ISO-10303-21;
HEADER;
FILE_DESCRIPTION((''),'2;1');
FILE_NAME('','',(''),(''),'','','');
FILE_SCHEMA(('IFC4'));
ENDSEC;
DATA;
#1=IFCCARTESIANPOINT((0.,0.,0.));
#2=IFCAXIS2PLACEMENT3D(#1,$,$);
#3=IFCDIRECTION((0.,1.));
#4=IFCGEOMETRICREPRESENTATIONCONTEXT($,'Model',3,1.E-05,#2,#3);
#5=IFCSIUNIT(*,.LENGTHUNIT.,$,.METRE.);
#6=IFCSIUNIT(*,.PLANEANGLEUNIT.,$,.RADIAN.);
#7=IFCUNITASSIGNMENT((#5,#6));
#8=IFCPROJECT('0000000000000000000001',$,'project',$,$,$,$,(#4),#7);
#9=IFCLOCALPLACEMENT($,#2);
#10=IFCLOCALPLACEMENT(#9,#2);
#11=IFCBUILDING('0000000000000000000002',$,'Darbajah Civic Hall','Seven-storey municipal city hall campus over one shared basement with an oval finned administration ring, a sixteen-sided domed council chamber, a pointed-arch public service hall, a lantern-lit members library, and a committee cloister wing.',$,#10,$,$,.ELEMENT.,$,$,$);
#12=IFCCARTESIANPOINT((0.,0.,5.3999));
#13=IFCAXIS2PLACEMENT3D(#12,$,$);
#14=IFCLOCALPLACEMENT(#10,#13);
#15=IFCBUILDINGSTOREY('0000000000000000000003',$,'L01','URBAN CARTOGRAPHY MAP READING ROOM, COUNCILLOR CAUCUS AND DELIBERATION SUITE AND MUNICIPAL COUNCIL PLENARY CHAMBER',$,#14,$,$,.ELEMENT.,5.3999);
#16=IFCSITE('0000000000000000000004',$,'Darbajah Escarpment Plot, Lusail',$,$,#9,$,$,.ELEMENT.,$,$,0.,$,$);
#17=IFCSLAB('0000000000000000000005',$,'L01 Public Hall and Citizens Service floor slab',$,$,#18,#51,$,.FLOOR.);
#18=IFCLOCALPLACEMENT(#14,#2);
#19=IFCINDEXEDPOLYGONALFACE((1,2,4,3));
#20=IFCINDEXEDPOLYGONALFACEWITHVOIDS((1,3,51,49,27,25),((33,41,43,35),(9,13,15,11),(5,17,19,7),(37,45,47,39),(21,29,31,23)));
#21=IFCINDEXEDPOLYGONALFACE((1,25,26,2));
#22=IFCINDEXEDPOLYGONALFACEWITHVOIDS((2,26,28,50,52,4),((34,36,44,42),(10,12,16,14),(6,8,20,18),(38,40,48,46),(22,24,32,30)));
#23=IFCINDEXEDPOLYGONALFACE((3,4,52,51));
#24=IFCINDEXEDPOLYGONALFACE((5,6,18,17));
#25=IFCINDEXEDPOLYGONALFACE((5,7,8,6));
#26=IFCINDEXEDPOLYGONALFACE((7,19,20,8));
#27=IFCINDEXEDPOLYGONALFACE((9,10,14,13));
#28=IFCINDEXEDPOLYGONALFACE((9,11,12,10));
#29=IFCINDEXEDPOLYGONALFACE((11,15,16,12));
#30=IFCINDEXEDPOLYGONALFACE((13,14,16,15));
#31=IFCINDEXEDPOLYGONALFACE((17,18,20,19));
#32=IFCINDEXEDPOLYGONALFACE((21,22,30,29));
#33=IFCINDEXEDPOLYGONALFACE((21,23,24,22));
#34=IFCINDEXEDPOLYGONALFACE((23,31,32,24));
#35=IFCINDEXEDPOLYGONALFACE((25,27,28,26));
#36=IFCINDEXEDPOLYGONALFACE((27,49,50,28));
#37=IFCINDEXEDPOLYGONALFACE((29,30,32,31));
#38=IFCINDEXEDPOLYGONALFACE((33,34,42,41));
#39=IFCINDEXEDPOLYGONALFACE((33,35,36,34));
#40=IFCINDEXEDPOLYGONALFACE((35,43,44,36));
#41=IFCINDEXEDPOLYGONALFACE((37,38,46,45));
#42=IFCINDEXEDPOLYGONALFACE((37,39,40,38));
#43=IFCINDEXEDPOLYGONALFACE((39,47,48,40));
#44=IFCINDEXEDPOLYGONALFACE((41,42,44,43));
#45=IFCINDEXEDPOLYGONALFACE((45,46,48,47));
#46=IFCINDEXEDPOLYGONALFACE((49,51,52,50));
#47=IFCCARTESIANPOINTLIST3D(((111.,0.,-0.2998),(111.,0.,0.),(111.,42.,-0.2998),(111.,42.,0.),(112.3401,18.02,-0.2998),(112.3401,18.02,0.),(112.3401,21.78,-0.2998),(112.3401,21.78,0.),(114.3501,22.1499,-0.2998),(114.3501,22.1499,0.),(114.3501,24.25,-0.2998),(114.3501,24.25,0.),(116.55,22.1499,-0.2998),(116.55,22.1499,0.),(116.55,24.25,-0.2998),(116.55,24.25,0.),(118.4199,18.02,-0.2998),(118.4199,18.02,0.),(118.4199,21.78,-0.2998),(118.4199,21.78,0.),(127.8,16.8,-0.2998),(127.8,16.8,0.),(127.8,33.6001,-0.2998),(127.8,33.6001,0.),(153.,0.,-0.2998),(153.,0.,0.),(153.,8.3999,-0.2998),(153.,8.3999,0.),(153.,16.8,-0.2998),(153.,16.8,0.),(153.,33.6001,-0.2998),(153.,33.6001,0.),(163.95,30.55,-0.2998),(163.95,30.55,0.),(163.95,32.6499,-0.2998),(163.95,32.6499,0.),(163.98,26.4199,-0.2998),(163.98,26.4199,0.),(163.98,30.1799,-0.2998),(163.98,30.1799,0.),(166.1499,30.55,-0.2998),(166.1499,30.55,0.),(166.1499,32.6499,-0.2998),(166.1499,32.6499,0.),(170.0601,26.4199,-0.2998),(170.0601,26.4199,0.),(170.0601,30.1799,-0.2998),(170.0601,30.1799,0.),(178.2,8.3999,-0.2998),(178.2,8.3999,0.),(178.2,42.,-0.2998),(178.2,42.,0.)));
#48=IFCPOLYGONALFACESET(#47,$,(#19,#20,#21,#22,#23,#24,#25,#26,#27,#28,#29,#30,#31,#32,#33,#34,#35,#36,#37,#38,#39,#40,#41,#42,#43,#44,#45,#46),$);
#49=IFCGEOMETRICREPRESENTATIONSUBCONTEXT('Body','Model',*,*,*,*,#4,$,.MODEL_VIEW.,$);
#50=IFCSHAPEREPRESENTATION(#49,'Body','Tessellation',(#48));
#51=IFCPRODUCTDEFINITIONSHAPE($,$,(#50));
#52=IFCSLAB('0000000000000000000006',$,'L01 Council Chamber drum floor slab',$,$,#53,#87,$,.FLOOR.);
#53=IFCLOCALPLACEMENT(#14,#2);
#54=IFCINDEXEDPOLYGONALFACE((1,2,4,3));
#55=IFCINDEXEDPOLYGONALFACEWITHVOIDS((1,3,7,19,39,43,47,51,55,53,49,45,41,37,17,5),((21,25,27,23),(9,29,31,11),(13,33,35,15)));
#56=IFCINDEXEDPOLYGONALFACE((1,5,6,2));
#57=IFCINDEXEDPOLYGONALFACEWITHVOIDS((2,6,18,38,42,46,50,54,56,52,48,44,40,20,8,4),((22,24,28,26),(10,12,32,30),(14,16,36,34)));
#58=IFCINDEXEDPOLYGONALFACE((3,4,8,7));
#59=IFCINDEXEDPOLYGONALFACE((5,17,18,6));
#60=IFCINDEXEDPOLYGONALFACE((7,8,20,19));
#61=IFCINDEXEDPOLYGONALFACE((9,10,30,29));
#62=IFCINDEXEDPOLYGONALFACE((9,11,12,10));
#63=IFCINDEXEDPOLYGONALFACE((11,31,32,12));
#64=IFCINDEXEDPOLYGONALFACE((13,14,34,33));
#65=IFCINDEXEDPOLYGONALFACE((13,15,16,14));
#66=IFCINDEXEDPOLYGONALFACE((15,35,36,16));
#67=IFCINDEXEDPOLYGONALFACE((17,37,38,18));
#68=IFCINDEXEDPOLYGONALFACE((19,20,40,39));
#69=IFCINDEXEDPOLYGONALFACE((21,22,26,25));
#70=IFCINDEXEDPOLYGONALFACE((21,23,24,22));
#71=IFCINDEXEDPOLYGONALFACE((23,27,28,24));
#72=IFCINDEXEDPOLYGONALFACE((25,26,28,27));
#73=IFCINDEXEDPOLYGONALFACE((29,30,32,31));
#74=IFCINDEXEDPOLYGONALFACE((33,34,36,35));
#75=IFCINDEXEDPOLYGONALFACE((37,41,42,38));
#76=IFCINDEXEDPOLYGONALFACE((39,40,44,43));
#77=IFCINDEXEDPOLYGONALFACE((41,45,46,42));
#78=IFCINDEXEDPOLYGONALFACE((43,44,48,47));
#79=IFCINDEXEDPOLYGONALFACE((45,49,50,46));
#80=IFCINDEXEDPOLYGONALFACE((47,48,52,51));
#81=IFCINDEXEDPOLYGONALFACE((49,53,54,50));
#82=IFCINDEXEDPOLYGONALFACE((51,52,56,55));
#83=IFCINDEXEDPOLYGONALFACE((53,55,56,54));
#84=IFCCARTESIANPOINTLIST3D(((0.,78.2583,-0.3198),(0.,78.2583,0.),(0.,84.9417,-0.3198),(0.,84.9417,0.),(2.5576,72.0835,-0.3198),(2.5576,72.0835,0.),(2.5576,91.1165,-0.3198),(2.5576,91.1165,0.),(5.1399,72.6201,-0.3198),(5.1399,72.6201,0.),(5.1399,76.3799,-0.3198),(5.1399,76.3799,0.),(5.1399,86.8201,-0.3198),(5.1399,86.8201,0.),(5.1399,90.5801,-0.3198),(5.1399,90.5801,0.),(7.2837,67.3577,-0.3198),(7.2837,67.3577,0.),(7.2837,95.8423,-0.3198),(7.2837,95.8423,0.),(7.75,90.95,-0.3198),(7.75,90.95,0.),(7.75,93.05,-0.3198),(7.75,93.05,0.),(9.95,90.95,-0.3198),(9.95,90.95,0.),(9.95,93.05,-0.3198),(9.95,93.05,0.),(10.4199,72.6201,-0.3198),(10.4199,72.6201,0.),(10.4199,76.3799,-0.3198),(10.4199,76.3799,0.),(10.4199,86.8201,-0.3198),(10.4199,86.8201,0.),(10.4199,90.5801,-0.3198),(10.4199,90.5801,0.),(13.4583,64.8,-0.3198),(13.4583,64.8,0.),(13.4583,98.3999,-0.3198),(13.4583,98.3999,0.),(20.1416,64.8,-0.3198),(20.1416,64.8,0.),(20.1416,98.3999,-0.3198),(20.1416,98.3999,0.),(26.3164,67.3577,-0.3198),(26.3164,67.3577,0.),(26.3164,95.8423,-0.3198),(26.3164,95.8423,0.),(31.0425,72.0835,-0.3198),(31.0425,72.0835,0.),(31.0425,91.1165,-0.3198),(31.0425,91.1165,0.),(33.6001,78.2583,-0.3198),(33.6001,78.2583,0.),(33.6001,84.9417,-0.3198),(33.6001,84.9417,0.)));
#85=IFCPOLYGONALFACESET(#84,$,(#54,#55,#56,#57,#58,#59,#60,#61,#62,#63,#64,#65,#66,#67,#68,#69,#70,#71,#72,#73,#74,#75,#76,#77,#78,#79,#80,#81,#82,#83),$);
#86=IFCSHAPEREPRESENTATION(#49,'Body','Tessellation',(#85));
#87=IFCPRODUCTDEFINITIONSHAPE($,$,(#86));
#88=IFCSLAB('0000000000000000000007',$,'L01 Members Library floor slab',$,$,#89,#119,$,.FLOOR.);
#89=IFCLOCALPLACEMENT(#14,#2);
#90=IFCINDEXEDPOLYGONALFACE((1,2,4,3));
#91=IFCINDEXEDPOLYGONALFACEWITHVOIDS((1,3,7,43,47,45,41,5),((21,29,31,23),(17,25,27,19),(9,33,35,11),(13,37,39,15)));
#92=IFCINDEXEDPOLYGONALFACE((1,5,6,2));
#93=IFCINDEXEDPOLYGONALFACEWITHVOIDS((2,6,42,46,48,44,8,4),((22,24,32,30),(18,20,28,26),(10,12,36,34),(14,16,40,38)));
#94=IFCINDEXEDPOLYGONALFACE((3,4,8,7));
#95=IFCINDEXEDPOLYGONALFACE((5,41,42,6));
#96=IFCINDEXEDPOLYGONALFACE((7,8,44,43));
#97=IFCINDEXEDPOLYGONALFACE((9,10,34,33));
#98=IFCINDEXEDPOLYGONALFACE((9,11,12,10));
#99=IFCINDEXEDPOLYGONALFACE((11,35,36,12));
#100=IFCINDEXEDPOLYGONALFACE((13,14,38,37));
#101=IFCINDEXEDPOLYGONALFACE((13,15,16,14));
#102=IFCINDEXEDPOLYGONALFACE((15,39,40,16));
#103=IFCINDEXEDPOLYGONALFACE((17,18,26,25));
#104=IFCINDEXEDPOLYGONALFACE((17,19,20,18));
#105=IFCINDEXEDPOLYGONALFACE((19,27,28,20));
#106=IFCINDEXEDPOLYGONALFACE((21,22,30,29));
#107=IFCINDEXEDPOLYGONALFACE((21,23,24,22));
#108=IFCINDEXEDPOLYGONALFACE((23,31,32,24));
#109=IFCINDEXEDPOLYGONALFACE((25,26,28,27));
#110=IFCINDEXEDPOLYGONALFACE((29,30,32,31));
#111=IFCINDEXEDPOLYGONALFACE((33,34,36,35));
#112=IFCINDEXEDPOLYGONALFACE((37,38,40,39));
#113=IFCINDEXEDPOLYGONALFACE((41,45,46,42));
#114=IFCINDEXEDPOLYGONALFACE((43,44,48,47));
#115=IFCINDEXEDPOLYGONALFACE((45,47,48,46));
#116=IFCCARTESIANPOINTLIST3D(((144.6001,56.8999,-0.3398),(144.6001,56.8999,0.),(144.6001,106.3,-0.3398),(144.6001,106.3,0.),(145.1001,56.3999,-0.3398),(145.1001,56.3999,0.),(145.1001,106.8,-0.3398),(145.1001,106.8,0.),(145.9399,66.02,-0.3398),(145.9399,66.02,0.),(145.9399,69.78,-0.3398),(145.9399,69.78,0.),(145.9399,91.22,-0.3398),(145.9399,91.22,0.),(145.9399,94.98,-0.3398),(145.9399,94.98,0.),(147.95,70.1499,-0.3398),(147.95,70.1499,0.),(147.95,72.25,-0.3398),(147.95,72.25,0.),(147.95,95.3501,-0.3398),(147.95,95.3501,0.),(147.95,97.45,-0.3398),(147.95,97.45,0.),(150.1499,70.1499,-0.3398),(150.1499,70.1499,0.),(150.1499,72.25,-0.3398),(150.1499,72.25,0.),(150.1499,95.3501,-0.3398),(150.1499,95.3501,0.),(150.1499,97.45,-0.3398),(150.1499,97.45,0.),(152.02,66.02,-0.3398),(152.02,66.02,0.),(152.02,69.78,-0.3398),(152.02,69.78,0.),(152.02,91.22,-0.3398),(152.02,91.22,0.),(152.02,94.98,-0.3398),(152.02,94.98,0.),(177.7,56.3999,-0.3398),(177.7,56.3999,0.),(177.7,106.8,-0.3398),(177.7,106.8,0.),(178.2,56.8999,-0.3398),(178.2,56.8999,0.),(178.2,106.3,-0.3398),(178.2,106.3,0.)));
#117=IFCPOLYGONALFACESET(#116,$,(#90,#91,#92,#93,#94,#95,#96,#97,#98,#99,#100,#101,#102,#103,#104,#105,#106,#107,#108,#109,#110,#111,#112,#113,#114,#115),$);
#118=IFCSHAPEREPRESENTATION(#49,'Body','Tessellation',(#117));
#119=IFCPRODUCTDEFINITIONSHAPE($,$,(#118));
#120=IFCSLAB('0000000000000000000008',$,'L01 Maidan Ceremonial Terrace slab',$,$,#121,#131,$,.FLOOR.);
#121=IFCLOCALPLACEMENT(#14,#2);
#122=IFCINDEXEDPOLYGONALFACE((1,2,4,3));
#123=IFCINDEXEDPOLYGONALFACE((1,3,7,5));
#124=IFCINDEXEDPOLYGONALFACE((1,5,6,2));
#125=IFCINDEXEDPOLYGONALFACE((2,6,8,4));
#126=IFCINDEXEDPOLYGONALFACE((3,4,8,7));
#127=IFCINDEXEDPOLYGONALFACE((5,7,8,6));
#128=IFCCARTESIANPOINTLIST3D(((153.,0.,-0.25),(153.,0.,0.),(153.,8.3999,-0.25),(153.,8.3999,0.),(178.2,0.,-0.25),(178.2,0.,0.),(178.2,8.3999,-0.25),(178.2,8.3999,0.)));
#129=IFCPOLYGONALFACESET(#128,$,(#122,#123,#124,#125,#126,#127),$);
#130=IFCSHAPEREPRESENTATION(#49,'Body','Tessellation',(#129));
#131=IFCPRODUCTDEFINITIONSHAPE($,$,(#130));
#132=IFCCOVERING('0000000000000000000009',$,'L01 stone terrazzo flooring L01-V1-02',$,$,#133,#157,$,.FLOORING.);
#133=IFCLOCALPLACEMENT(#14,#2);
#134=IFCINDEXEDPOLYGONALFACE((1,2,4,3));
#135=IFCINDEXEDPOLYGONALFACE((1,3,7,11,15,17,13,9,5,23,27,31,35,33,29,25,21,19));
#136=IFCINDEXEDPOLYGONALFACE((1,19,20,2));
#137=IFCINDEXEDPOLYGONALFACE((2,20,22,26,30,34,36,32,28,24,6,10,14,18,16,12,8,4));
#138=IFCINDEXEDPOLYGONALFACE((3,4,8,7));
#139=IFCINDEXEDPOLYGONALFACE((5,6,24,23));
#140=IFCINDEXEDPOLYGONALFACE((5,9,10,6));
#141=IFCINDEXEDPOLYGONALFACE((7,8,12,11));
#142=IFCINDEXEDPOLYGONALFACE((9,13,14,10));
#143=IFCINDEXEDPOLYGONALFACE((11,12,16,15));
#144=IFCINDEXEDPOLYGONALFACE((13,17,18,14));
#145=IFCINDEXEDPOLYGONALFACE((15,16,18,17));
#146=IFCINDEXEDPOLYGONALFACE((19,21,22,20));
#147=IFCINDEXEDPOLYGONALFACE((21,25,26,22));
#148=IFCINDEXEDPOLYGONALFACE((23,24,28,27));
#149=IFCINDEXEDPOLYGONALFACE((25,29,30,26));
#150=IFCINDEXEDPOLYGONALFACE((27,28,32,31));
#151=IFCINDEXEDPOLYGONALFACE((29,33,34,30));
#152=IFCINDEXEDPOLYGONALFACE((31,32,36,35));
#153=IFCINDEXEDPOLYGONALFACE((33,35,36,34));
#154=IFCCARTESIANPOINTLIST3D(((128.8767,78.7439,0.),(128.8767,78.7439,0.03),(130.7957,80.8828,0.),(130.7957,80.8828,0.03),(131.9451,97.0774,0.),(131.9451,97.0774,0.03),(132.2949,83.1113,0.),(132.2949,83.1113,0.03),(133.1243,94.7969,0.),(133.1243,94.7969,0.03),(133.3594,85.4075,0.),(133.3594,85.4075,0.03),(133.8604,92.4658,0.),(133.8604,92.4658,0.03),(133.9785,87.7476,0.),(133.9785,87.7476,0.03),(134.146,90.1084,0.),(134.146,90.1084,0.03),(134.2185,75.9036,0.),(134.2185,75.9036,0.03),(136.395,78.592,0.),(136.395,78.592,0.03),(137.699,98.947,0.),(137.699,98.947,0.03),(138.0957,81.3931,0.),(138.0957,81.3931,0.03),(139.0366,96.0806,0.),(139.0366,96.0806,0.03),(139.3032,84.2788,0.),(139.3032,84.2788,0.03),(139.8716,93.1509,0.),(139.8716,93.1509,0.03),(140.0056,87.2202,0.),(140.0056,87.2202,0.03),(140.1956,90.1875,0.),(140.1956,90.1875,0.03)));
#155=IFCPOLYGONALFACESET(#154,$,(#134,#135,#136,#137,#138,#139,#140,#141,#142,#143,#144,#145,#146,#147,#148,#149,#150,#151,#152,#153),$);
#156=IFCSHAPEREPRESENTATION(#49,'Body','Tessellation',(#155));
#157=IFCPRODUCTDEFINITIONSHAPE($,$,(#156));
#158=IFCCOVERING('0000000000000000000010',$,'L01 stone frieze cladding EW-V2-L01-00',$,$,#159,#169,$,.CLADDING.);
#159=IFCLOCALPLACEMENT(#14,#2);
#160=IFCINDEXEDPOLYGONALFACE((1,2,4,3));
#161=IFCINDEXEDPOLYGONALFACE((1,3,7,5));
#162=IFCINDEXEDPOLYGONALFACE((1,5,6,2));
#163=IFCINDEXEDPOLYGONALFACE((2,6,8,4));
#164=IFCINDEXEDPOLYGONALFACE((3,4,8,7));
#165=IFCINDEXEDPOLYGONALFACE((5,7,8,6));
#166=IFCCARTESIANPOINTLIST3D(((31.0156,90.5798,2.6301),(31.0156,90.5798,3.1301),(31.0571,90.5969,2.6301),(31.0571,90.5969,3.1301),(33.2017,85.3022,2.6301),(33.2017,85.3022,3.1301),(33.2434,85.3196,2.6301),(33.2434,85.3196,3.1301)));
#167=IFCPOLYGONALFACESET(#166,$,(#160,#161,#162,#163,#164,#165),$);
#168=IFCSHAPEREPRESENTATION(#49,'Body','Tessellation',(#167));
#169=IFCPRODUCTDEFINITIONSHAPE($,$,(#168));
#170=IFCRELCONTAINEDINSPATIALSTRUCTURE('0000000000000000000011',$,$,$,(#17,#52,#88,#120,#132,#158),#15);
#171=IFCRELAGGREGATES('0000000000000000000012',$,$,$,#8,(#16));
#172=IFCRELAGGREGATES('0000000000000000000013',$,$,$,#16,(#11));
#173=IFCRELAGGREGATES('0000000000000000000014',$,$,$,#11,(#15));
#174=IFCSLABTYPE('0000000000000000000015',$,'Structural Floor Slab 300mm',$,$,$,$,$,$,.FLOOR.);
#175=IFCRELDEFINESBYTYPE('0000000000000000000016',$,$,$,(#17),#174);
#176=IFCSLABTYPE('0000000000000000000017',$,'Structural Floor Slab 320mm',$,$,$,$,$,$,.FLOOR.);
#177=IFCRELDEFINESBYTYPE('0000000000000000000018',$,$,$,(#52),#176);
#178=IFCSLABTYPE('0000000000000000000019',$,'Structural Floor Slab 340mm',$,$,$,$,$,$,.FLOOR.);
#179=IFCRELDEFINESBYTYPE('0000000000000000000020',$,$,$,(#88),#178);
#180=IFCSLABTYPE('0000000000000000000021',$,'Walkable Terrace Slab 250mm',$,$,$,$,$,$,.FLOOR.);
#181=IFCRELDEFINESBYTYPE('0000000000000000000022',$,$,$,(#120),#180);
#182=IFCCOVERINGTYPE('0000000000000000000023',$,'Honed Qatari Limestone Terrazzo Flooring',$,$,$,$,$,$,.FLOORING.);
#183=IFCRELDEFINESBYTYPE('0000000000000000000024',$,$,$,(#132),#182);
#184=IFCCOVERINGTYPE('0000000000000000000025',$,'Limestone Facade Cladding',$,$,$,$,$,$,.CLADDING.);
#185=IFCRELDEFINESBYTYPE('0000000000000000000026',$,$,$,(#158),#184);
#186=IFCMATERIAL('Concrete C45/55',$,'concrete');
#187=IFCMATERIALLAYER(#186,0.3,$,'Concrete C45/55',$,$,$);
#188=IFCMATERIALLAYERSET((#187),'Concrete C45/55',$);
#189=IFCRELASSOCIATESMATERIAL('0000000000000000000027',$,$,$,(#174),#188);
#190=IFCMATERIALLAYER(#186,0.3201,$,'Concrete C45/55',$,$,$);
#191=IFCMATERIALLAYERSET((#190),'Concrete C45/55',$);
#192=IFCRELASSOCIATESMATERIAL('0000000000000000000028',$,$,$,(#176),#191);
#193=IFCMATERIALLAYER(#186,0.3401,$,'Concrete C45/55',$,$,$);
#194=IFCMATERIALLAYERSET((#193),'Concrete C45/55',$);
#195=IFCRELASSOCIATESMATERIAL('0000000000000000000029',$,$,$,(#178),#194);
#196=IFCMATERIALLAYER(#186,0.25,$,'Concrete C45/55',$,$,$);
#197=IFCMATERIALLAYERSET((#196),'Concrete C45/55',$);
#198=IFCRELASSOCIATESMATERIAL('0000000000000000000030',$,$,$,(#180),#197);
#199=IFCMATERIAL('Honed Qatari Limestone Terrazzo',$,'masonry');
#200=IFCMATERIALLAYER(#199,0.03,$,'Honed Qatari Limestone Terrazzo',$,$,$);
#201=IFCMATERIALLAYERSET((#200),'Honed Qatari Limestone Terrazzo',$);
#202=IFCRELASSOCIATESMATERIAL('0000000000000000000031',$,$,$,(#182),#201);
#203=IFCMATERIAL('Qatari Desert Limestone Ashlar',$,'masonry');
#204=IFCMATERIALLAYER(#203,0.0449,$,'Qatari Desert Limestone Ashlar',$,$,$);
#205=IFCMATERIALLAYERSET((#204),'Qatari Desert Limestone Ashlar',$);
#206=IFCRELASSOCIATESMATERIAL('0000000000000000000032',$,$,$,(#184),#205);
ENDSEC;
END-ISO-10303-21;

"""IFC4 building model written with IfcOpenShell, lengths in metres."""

from ifc_helpers import new_model, si_unit, direction, frame, origin, place, context, subcontext, project, spatial, polyline, outline, extrude, material, layer, layer_set, type_object, element, save


model = new_model("IFC4")

# Units and contexts
model_context = context("Model", 3, precision=1e-05, world=origin(), true_north=direction((0.0, 1.0)))
body_context = subcontext(model_context, "Body", "Model", "MODEL_VIEW")
ifc_project = project(units=[si_unit("LENGTHUNIT", "METRE"), si_unit("PLANEANGLEUNIT", "RADIAN")], contexts=[model_context])

# Site, building, storey
site_placement = place(None, origin())
site = spatial("IfcSite", under=ifc_project, at=site_placement, Name="Darbajah Escarpment Plot, Lusail", CompositionType="ELEMENT", RefElevation=0.0)
building_placement = place(site_placement, origin())
building = spatial("IfcBuilding", under=site, at=building_placement, Name="Darbajah Civic Hall", Description="Seven-storey municipal city hall campus over one shared basement with an oval finned administration ring, a sixteen-sided domed council chamber, a pointed-arch public service hall, a lantern-lit members library, and a committee cloister wing.", CompositionType="ELEMENT")
storey_placement = place(building_placement, frame((0.0, 0.0, 5.3999)))
storey = spatial("IfcBuildingStorey", under=building, at=storey_placement, Name="L01", Description="URBAN CARTOGRAPHY MAP READING ROOM, COUNCILLOR CAUCUS AND DELIBERATION SUITE AND MUNICIPAL COUNCIL PLENARY CHAMBER", CompositionType="ELEMENT", Elevation=5.3999)

# Shared definitions
ifc_material_1 = material(Name="Concrete C45/55", Category="concrete")

# Slabs
ifc_layer_1 = layer(ifc_material_1, 0.3, Name="Concrete C45/55")
ifc_layer_set_1 = layer_set([ifc_layer_1], Name="Concrete C45/55")
slab_type_1 = type_object("IfcSlabType", Name="Structural Floor Slab 300mm", PredefinedType="FLOOR", material=ifc_layer_set_1)
slab_1_placement = place(storey_placement, frame((0.0, 0.0, -0.2998)))
element("IfcSlab", 1, at=slab_1_placement, inside=storey, type_object=slab_type_1, Name="L01 Public Hall and Citizens Service floor slab", PredefinedType="FLOOR", context=body_context, shape_type="SweptSolid", body=[
    extrude(outline(polyline([(111.0, 0.0), (153.0, 0.0), (153.0, 8.3999), (178.2, 8.3999), (178.2, 42.0), (111.0, 42.0), (111.0, 0.0)]), holes=[polyline([(112.3401, 21.78), (118.4199, 21.78), (118.4199, 18.02), (112.3401, 18.02), (112.3401, 21.78)]), polyline([(114.3501, 24.25), (116.55, 24.25), (116.55, 22.1499), (114.3501, 22.1499), (114.3501, 24.25)]), polyline([(163.98, 30.1799), (170.0601, 30.1799), (170.0601, 26.4199), (163.98, 26.4199), (163.98, 30.1799)]), polyline([(163.95, 32.6499), (166.1499, 32.6499), (166.1499, 30.55), (163.95, 30.55), (163.95, 32.6499)]), polyline([(127.8, 33.6001), (153.0, 33.6001), (153.0, 16.8), (127.8, 16.8), (127.8, 33.6001)])]), origin(), (0.0, 0.0, 1.0), 0.2998),
])
ifc_layer_2 = layer(ifc_material_1, 0.3201, Name="Concrete C45/55")
ifc_layer_set_2 = layer_set([ifc_layer_2], Name="Concrete C45/55")
slab_type_2 = type_object("IfcSlabType", Name="Structural Floor Slab 320mm", PredefinedType="FLOOR", material=ifc_layer_set_2)
slab_2_placement = place(storey_placement, frame((0.0, 0.0, -0.3198)))
element("IfcSlab", 2, at=slab_2_placement, inside=storey, type_object=slab_type_2, Name="L01 Council Chamber drum floor slab", PredefinedType="FLOOR", context=body_context, shape_type="SweptSolid", body=[
    extrude(outline(polyline([(33.6001, 84.9417), (31.0425, 91.1165), (26.3164, 95.8423), (20.1416, 98.3999), (13.4583, 98.3999), (7.2837, 95.8423), (2.5576, 91.1165), (0.0, 84.9417), (0.0, 78.2583), (2.5576, 72.0835), (7.2837, 67.3577), (13.4583, 64.8), (20.1416, 64.8), (26.3164, 67.3577), (31.0425, 72.0835), (33.6001, 78.2583), (33.6001, 84.9417)]), holes=[polyline([(5.1399, 90.5801), (10.4199, 90.5801), (10.4199, 86.8201), (5.1399, 86.8201), (5.1399, 90.5801)]), polyline([(7.75, 93.05), (9.95, 93.05), (9.95, 90.95), (7.75, 90.95), (7.75, 93.05)]), polyline([(5.1399, 76.3799), (10.4199, 76.3799), (10.4199, 72.6201), (5.1399, 72.6201), (5.1399, 76.3799)])]), origin(), (0.0, 0.0, 1.0), 0.3198),
])
ifc_layer_3 = layer(ifc_material_1, 0.3401, Name="Concrete C45/55")
ifc_layer_set_3 = layer_set([ifc_layer_3], Name="Concrete C45/55")
slab_type_3 = type_object("IfcSlabType", Name="Structural Floor Slab 340mm", PredefinedType="FLOOR", material=ifc_layer_set_3)
slab_3_placement = place(storey_placement, frame((0.0, 0.0, -0.3398)))
element("IfcSlab", 3, at=slab_3_placement, inside=storey, type_object=slab_type_3, Name="L01 Members Library floor slab", PredefinedType="FLOOR", context=body_context, shape_type="SweptSolid", body=[
    extrude(outline(polyline([(145.1001, 56.3999), (177.7, 56.3999), (178.2, 56.8999), (178.2, 106.3), (177.7, 106.8), (145.1001, 106.8), (144.6001, 106.3), (144.6001, 56.8999), (145.1001, 56.3999)]), holes=[polyline([(145.9399, 94.98), (152.02, 94.98), (152.02, 91.22), (145.9399, 91.22), (145.9399, 94.98)]), polyline([(147.95, 97.45), (150.1499, 97.45), (150.1499, 95.3501), (147.95, 95.3501), (147.95, 97.45)]), polyline([(145.9399, 69.78), (152.02, 69.78), (152.02, 66.02), (145.9399, 66.02), (145.9399, 69.78)]), polyline([(147.95, 72.25), (150.1499, 72.25), (150.1499, 70.1499), (147.95, 70.1499), (147.95, 72.25)])]), origin(), (0.0, 0.0, 1.0), 0.3398),
])
ifc_layer_4 = layer(ifc_material_1, 0.25, Name="Concrete C45/55")
ifc_layer_set_4 = layer_set([ifc_layer_4], Name="Concrete C45/55")
slab_type_4 = type_object("IfcSlabType", Name="Walkable Terrace Slab 250mm", PredefinedType="FLOOR", material=ifc_layer_set_4)
slab_4_placement = place(storey_placement, frame((0.0, 0.0, -0.25)))
element("IfcSlab", 4, at=slab_4_placement, inside=storey, type_object=slab_type_4, Name="L01 Maidan Ceremonial Terrace slab", PredefinedType="FLOOR", context=body_context, shape_type="SweptSolid", body=[
    extrude(outline(polyline([(153.0, 0.0), (178.2, 0.0), (178.2, 8.3999), (153.0, 8.3999), (153.0, 0.0)])), origin(), (0.0, 0.0, 1.0), 0.25),
])

# Coverings
ifc_material_2 = material(Name="Honed Qatari Limestone Terrazzo", Category="masonry")
ifc_layer_5 = layer(ifc_material_2, 0.03, Name="Honed Qatari Limestone Terrazzo")
ifc_layer_set_5 = layer_set([ifc_layer_5], Name="Honed Qatari Limestone Terrazzo")
covering_type_1 = type_object("IfcCoveringType", Name="Honed Qatari Limestone Terrazzo Flooring", PredefinedType="FLOORING", material=ifc_layer_set_5)
covering_1_placement = place(storey_placement, origin())
element("IfcCovering", 5, at=covering_1_placement, inside=storey, type_object=covering_type_1, Name="L01 stone terrazzo flooring L01-V1-02", PredefinedType="FLOORING", context=body_context, shape_type="SweptSolid", body=[
    extrude(outline(polyline([(134.2185, 75.9036), (136.395, 78.592), (138.0957, 81.3931), (139.3032, 84.2788), (140.0056, 87.2202), (140.1956, 90.1875), (139.8716, 93.1509), (139.0366, 96.0806), (137.699, 98.947), (131.9451, 97.0774), (133.1243, 94.7969), (133.8604, 92.4658), (134.146, 90.1084), (133.9785, 87.7476), (133.3594, 85.4075), (132.2949, 83.1113), (130.7957, 80.8828), (128.8767, 78.7439), (134.2185, 75.9036)])), origin(), (0.0, 0.0, 1.0), 0.03),
])
ifc_material_3 = material(Name="Qatari Desert Limestone Ashlar", Category="masonry")
ifc_layer_6 = layer(ifc_material_3, 0.0449, Name="Qatari Desert Limestone Ashlar")
ifc_layer_set_6 = layer_set([ifc_layer_6], Name="Qatari Desert Limestone Ashlar")
covering_type_2 = type_object("IfcCoveringType", Name="Limestone Facade Cladding", PredefinedType="CLADDING", material=ifc_layer_set_6)
covering_2_placement = place(storey_placement, frame((0.0, 0.0, 2.6301)))
element("IfcCovering", 6, at=covering_2_placement, inside=storey, type_object=covering_type_2, Name="L01 stone frieze cladding EW-V2-L01-00", PredefinedType="CLADDING", context=body_context, shape_type="SweptSolid", body=[
    extrude(outline(polyline([(33.2017, 85.3022), (31.0156, 90.5798), (31.0571, 90.5969), (33.2434, 85.3196), (33.2017, 85.3022)])), origin(), (0.0, 0.0, 1.0), 0.5),
])

save(model, "model.ifc")
